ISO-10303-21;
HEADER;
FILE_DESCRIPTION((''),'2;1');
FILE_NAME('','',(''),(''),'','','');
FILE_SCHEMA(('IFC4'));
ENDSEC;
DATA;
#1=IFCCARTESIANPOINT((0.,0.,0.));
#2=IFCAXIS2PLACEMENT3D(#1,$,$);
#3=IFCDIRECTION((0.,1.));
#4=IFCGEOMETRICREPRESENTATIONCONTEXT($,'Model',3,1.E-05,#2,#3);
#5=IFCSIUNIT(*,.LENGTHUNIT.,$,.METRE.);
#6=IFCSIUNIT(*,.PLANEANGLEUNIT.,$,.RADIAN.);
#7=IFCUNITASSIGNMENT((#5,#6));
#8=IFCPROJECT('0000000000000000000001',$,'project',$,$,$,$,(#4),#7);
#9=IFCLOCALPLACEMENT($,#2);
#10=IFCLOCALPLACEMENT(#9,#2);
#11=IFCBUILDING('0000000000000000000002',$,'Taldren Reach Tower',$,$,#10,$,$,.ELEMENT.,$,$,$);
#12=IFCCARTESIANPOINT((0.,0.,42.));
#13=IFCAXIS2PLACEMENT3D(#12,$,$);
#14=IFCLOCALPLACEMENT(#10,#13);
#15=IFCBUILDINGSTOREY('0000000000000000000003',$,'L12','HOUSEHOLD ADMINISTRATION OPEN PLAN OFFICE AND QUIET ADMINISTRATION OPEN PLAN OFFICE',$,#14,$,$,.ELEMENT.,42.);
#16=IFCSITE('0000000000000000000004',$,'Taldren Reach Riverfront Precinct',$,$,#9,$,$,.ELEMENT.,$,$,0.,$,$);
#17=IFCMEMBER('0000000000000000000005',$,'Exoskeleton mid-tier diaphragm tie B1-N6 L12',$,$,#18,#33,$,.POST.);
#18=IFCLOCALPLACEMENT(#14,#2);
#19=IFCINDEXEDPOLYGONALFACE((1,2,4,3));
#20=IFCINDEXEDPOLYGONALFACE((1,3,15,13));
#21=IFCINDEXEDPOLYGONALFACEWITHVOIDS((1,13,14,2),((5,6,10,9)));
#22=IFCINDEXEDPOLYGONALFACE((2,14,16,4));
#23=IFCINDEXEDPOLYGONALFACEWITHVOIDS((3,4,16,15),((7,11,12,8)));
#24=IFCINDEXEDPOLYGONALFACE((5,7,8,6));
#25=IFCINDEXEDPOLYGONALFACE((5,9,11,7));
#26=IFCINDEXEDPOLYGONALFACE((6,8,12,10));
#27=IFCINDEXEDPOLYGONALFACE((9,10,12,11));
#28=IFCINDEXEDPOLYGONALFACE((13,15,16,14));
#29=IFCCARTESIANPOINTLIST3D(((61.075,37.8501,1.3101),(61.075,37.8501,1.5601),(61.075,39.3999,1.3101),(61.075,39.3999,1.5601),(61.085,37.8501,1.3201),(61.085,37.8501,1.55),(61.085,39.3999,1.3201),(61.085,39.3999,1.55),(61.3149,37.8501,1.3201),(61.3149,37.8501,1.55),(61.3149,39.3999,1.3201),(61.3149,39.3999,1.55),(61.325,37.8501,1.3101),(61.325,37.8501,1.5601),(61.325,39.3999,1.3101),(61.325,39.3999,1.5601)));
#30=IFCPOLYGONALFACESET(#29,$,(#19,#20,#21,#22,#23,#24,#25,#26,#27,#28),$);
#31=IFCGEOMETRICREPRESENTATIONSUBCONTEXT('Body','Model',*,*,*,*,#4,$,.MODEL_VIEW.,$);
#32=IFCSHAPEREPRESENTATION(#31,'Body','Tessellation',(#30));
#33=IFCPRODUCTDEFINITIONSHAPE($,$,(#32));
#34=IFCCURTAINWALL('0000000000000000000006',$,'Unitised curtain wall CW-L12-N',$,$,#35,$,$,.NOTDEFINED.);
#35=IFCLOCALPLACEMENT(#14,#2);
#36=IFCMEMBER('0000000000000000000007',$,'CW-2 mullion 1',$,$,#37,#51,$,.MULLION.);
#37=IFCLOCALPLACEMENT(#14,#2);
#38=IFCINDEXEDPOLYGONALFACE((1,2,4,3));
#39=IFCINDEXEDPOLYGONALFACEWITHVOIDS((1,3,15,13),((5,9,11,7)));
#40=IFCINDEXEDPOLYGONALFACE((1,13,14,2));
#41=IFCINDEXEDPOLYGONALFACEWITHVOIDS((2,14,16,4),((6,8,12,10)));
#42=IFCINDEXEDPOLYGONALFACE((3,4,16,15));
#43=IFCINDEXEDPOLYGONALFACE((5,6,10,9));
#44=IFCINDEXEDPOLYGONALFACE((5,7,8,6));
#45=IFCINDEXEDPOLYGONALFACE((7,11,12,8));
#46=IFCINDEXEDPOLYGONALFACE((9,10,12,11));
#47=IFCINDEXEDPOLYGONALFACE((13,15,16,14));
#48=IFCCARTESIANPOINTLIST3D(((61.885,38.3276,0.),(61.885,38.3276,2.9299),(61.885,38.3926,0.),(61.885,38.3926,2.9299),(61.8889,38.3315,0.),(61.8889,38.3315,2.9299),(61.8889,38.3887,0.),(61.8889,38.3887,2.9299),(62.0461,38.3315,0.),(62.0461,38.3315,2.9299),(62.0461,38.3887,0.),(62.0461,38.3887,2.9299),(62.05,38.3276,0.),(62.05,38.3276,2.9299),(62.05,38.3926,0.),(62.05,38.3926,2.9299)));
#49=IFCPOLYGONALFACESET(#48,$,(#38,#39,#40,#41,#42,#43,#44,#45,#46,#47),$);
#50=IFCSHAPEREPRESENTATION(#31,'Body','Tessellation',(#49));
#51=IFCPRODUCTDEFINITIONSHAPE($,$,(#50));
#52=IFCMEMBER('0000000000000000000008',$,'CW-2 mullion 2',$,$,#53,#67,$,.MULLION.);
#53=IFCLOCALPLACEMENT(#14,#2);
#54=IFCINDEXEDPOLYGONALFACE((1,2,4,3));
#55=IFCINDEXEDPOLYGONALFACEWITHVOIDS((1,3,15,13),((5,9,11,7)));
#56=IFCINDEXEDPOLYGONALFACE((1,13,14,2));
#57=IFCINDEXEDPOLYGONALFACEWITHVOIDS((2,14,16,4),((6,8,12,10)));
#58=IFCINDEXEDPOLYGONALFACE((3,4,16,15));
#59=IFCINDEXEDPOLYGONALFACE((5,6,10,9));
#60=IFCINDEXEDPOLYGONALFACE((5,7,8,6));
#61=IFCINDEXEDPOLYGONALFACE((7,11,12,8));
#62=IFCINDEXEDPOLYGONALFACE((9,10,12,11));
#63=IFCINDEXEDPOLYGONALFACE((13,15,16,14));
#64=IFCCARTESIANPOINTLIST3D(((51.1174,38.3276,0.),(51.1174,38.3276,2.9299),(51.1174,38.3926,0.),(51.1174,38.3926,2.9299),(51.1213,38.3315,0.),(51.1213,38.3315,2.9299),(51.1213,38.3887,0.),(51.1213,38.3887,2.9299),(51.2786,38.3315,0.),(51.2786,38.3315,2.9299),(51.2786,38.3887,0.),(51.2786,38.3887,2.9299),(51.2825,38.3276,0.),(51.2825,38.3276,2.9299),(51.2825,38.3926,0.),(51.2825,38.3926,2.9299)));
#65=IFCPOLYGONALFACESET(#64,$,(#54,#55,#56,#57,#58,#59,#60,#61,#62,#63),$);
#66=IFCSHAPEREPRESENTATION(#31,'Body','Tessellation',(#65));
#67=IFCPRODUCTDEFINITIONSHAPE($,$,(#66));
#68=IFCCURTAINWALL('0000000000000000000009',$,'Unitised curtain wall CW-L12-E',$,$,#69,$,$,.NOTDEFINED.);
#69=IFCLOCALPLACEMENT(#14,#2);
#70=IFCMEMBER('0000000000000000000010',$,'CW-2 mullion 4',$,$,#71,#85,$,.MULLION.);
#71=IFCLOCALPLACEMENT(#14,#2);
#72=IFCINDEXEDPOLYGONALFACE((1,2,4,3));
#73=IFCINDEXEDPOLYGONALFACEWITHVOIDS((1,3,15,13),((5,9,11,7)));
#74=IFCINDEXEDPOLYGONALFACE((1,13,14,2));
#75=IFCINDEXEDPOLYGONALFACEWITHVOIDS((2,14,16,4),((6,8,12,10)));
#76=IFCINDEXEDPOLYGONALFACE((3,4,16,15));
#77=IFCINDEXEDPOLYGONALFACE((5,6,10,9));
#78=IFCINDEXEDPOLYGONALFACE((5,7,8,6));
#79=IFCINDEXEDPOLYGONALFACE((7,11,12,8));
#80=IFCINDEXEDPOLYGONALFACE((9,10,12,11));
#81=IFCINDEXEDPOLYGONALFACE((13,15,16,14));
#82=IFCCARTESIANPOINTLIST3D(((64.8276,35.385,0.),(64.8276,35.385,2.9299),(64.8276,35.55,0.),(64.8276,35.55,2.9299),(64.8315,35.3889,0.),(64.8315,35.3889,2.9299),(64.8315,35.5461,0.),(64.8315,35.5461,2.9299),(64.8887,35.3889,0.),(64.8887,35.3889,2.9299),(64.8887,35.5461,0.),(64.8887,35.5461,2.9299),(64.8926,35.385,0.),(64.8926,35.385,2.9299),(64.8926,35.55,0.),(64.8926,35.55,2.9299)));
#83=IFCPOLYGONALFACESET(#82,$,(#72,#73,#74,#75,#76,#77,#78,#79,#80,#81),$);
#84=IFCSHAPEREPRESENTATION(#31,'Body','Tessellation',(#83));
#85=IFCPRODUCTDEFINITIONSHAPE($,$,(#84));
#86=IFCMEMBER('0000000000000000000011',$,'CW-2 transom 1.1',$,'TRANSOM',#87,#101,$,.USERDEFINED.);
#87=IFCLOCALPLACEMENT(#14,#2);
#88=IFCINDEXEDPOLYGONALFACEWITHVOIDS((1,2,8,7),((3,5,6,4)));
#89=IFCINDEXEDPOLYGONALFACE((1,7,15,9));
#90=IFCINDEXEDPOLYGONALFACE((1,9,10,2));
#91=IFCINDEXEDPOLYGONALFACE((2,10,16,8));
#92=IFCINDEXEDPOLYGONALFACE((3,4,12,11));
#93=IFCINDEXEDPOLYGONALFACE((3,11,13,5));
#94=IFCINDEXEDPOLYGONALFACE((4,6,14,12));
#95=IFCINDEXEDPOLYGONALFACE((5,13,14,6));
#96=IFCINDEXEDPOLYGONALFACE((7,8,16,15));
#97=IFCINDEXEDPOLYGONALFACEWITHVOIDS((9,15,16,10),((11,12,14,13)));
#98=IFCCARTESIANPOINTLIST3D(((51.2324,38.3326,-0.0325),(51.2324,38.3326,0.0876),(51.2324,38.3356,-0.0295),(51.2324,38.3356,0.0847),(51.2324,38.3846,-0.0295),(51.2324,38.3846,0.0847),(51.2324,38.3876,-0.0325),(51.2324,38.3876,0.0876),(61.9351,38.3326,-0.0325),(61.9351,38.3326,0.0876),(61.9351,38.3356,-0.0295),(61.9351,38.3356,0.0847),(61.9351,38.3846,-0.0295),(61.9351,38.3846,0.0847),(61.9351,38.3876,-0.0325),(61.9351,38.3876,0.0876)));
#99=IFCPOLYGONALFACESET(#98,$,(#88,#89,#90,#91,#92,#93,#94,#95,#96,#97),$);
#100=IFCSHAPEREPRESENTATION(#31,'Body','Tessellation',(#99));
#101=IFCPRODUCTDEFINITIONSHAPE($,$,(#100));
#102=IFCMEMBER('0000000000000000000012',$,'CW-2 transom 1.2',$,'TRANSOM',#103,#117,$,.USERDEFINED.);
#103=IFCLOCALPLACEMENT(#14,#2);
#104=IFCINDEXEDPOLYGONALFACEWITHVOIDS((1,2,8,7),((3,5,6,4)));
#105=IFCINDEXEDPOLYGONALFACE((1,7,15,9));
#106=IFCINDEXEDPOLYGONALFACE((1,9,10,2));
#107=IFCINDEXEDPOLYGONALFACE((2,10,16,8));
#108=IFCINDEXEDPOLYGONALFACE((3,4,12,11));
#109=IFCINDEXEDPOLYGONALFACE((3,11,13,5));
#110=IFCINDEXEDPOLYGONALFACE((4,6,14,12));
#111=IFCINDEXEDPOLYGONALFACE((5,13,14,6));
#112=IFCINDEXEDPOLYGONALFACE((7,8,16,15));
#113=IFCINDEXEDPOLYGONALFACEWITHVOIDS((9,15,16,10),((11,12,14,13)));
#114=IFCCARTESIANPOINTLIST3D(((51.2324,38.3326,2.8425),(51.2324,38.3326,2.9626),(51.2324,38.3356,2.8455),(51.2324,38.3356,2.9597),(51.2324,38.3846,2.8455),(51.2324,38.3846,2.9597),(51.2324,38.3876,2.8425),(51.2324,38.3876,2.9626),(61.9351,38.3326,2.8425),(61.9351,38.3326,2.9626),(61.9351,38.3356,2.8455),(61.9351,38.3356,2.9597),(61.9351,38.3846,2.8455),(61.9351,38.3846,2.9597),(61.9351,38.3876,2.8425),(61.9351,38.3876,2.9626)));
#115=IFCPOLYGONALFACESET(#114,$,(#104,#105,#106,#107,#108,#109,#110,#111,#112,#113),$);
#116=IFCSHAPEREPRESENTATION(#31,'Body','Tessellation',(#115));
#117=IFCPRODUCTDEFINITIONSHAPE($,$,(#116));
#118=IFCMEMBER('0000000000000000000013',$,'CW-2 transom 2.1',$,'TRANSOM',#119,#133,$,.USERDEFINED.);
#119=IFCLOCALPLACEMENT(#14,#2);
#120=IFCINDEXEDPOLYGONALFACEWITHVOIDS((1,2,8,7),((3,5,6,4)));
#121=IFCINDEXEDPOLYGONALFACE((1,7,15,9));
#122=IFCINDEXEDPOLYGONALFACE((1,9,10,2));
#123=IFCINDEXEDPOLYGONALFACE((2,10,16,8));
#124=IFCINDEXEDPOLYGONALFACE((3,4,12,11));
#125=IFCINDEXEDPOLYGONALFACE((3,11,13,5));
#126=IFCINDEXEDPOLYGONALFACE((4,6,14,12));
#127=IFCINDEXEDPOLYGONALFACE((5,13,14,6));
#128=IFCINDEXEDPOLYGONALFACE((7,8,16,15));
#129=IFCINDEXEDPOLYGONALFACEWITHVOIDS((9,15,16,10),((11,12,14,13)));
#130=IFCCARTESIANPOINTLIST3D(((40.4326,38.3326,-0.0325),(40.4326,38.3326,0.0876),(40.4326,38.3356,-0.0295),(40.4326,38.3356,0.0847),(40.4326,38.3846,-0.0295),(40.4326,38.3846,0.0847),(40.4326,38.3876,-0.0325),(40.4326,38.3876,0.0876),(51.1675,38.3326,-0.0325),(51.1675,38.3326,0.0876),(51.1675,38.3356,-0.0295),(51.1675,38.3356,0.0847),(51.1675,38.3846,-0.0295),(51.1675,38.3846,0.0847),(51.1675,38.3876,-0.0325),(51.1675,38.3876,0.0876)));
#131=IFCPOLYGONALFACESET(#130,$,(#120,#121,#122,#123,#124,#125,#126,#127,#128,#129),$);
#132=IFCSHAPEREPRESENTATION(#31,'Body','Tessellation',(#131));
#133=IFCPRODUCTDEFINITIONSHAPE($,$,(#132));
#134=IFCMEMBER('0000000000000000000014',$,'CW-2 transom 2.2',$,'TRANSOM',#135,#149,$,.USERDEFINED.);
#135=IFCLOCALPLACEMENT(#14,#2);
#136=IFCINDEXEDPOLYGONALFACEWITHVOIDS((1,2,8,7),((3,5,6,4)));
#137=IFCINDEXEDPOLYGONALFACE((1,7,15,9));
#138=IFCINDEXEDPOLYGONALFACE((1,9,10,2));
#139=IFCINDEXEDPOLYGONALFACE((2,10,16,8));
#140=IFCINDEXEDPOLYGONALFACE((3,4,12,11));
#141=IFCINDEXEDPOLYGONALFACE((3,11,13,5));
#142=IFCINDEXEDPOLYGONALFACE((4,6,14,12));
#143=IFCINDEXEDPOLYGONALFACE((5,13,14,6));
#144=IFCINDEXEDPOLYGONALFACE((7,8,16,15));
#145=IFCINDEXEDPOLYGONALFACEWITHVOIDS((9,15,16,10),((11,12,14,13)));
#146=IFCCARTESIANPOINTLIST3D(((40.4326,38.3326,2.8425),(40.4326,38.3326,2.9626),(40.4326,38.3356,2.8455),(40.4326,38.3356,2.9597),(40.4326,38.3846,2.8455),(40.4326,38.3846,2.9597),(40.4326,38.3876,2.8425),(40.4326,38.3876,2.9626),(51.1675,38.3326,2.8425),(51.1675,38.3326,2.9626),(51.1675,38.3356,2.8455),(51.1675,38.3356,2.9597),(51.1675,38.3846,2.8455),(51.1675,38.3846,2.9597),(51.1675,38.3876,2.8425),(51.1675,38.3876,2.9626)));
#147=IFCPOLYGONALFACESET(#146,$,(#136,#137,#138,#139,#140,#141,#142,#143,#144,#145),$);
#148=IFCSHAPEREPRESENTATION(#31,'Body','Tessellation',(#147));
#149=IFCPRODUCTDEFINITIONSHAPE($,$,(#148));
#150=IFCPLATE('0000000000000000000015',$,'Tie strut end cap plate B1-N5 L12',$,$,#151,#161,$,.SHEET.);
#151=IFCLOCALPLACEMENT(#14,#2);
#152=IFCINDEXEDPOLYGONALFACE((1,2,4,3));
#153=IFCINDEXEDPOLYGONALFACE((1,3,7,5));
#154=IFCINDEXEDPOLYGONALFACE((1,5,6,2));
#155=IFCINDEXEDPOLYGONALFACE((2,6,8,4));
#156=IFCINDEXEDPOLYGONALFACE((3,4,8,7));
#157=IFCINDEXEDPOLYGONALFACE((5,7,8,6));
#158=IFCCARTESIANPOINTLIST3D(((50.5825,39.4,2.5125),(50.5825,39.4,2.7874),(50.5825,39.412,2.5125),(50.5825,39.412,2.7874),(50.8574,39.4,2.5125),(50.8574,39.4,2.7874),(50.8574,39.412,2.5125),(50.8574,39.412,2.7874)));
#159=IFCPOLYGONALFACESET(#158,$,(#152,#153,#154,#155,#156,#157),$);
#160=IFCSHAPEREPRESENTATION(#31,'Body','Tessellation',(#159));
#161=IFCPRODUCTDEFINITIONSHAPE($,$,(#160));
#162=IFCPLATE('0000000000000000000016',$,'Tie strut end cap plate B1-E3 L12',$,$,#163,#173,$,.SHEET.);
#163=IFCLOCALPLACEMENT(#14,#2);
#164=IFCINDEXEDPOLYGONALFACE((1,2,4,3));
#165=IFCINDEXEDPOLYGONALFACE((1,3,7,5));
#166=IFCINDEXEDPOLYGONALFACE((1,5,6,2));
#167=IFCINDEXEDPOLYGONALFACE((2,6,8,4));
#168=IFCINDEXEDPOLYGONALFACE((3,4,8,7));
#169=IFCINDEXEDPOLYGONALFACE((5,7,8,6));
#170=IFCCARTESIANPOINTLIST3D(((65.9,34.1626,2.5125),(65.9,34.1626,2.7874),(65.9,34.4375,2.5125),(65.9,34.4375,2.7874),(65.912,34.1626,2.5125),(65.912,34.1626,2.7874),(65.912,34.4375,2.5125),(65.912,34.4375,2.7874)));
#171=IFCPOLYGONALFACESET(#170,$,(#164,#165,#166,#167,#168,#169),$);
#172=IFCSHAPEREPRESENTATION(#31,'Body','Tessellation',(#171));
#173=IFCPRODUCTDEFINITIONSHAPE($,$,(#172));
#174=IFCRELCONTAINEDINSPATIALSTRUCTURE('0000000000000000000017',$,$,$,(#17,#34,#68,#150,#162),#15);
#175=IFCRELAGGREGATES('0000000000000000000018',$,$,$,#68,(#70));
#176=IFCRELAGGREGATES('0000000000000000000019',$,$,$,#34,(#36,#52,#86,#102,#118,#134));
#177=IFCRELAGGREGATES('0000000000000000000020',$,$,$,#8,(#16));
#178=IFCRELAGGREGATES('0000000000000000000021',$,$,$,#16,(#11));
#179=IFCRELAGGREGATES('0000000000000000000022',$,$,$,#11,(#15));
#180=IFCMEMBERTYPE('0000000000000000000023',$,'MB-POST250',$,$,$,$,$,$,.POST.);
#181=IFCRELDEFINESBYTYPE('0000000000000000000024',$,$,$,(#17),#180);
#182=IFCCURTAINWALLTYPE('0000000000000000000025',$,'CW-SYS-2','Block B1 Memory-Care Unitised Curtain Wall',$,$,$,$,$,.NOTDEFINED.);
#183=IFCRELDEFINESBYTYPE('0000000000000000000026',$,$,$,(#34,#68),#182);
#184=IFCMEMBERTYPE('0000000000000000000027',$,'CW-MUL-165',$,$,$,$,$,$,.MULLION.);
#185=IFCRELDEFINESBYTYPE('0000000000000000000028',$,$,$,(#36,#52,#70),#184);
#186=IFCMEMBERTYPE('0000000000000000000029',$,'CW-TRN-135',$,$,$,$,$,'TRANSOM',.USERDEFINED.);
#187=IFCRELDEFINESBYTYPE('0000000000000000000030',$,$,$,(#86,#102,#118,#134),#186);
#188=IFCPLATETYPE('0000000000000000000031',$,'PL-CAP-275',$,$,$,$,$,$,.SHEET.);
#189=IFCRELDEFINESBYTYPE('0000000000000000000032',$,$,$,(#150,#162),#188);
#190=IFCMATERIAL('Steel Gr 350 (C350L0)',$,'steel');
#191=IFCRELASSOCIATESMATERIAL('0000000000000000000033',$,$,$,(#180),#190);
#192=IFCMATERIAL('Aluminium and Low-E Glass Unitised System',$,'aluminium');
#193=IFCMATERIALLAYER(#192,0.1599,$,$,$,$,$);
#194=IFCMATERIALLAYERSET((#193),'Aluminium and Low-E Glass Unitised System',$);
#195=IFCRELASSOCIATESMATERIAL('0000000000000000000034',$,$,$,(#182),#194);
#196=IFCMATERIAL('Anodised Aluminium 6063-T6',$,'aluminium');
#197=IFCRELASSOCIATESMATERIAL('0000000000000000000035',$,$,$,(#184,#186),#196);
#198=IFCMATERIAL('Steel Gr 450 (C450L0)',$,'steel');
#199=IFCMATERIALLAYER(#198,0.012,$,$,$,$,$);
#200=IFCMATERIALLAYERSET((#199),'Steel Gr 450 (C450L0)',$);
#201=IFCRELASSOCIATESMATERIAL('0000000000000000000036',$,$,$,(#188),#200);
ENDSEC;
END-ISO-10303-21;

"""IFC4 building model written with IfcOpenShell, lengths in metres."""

from ifc_helpers import new_model, si_unit, direction, frame, origin, origin_2d, place, context, subcontext, project, spatial, rectangle, hollow_rectangle, extrude, source, transform, mapped, material, layer, layer_set, material_profile, profile_set, type_object, element, aggregate, save


model = new_model("IFC4")

# Units and contexts
model_context = context("Model", 3, precision=1e-05, world=origin(), true_north=direction((0.0, 1.0)))
body_context = subcontext(model_context, "Body", "Model", "MODEL_VIEW")
ifc_project = project(units=[si_unit("LENGTHUNIT", "METRE"), si_unit("PLANEANGLEUNIT", "RADIAN")], contexts=[model_context])

# Site, building, storey
site_placement = place(None, origin())
site = spatial("IfcSite", under=ifc_project, at=site_placement, Name="Taldren Reach Riverfront Precinct", CompositionType="ELEMENT", RefElevation=0.0)
building_placement = place(site_placement, origin())
building = spatial("IfcBuilding", under=site, at=building_placement, Name="Taldren Reach Tower", CompositionType="ELEMENT")
storey_placement = place(building_placement, frame((0.0, 0.0, 42.0)))
storey = spatial("IfcBuildingStorey", under=building, at=storey_placement, Name="L12", Description="HOUSEHOLD ADMINISTRATION OPEN PLAN OFFICE AND QUIET ADMINISTRATION OPEN PLAN OFFICE", CompositionType="ELEMENT", Elevation=42.0)

# Member
ifc_material_1 = material(Name="Steel Gr 450 (C450L0)", Category="steel")
ifc_material_2 = material(Name="Steel Gr 350 (C350L0)", Category="steel")
ifc_material_profile_1 = material_profile(ifc_material_2, hollow_rectangle(XDim=0.25, YDim=0.25, WallThickness=0.01, at=origin_2d()), Name="250x250x10.0SHS")
ifc_profile_set_1 = profile_set([ifc_material_profile_1], Name="Steel Gr 350 (C350L0)")
member_type_1 = type_object("IfcMemberType", Name="MB-POST250", PredefinedType="POST", material=ifc_profile_set_1)
shared_shape_1 = source(origin(), body_context, "Body", "SweptSolid", [
    extrude(hollow_rectangle(XDim=0.25, YDim=0.25, WallThickness=0.01, at=origin_2d()), origin(), (0.0, 0.0, 1.0), 1.5498),
])
for number, where, z_axis, x_axis, name in (
    (1, (61.2, 37.8501, 1.4351), (0.0, 1.0, 0.0), (-1.0, 0.0, 0.0), "Exoskeleton mid-tier diaphragm tie B1-N6 L12"),
):
    element("IfcMember", number, at=place(storey_placement, frame(where, z_axis=z_axis, x_axis=x_axis)), inside=storey, type_object=member_type_1, Name=name, PredefinedType="POST", context=body_context, shape_type="MappedRepresentation", body=[
        mapped(shared_shape_1, transform((0.0, 0.0, 0.0), scale=1.0)),
    ])

# Curtain wall, members
ifc_material_3 = material(Name="Aluminium and Low-E Glass Unitised System", Category="aluminium")
ifc_layer_1 = layer(ifc_material_3, 0.1599)
ifc_layer_set_1 = layer_set([ifc_layer_1], Name="Aluminium and Low-E Glass Unitised System")
curtain_wall_type = type_object("IfcCurtainWallType", Name="CW-SYS-2", Description="Block B1 Memory-Care Unitised Curtain Wall", PredefinedType="NOTDEFINED", material=ifc_layer_set_1)
curtain_wall_1_placement = place(storey_placement, origin())
curtain_wall_1 = element("IfcCurtainWall", 2, at=curtain_wall_1_placement, inside=storey, type_object=curtain_wall_type, Name="Unitised curtain wall CW-L12-N", PredefinedType="NOTDEFINED")
ifc_material_4 = material(Name="Anodised Aluminium 6063-T6", Category="aluminium")
ifc_material_profile_2 = material_profile(ifc_material_4, hollow_rectangle(XDim=0.0649, YDim=0.165, WallThickness=0.0039, at=origin_2d()), Name="ALU-165x65x4RHS")
ifc_profile_set_2 = profile_set([ifc_material_profile_2], Name="Anodised Aluminium 6063-T6")
member_type_2 = type_object("IfcMemberType", Name="CW-MUL-165", PredefinedType="MULLION", material=ifc_profile_set_2)
shared_shape_2 = source(origin(), body_context, "Body", "SweptSolid", [
    extrude(hollow_rectangle(XDim=0.0649, YDim=0.165, WallThickness=0.0039, at=origin_2d()), origin(), (0.0, 0.0, 1.0), 2.9299),
])
member_1_placement = place(storey_placement, frame((61.9675, 38.3601, 0.0), z_axis=(0.0, 0.0, 1.0), x_axis=(0.0, -1.0, 0.0)))
member_1 = element("IfcMember", 3, at=member_1_placement, type_object=member_type_2, Name="CW-2 mullion 1", PredefinedType="MULLION", context=body_context, shape_type="MappedRepresentation", body=[
    mapped(shared_shape_2, transform((0.0, 0.0, 0.0), scale=1.0)),
])
member_2_placement = place(storey_placement, frame((51.2, 38.3601, 0.0), z_axis=(0.0, 0.0, 1.0), x_axis=(0.0, -1.0, 0.0)))
member_2 = element("IfcMember", 4, at=member_2_placement, type_object=member_type_2, Name="CW-2 mullion 2", PredefinedType="MULLION", context=body_context, shape_type="MappedRepresentation", body=[
    mapped(shared_shape_2, transform((0.0, 0.0, 0.0), scale=1.0)),
])

# Curtain wall, member
curtain_wall_2_placement = place(storey_placement, origin())
curtain_wall_2 = element("IfcCurtainWall", 5, at=curtain_wall_2_placement, inside=storey, type_object=curtain_wall_type, Name="Unitised curtain wall CW-L12-E", PredefinedType="NOTDEFINED")
member_3_placement = place(storey_placement, frame((64.8601, 35.4675, 0.0), z_axis=(0.0, 0.0, 1.0), x_axis=(-1.0, 0.0, 0.0)))
member_3 = element("IfcMember", 6, at=member_3_placement, type_object=member_type_2, Name="CW-2 mullion 4", PredefinedType="MULLION", context=body_context, shape_type="MappedRepresentation", body=[
    mapped(shared_shape_2, transform((0.0, 0.0, 0.0), scale=1.0)),
])
aggregate(curtain_wall_2, [member_3])

# Members
ifc_material_profile_3 = material_profile(ifc_material_4, hollow_rectangle(XDim=0.0549, YDim=0.1201, WallThickness=0.0029, at=origin_2d()), Name="ALU-120x55x3RHS")
ifc_profile_set_3 = profile_set([ifc_material_profile_3], Name="Anodised Aluminium 6063-T6")
member_type_3 = type_object("IfcMemberType", Name="CW-TRN-135", ElementType="TRANSOM", PredefinedType="USERDEFINED", material=ifc_profile_set_3)
shared_shape_3 = source(origin(), body_context, "Body", "SweptSolid", [
    extrude(hollow_rectangle(XDim=0.0549, YDim=0.1201, WallThickness=0.0029, at=origin_2d()), origin(), (0.0, 0.0, 1.0), 10.7026),
])
member_4_placement = place(storey_placement, frame((61.9351, 38.3601, 0.0276), z_axis=(-1.0, 0.0, 0.0), x_axis=(0.0, -1.0, 0.0)))
member_4 = element("IfcMember", 7, at=member_4_placement, type_object=member_type_3, Name="CW-2 transom 1.1", ObjectType="TRANSOM", PredefinedType="USERDEFINED", context=body_context, shape_type="MappedRepresentation", body=[
    mapped(shared_shape_3, transform((0.0, 0.0, 0.0), scale=1.0)),
])
member_5_placement = place(storey_placement, frame((61.9351, 38.3601, 2.9026), z_axis=(-1.0, 0.0, 0.0), x_axis=(0.0, -1.0, 0.0)))
member_5 = element("IfcMember", 8, at=member_5_placement, type_object=member_type_3, Name="CW-2 transom 1.2", ObjectType="TRANSOM", PredefinedType="USERDEFINED", context=body_context, shape_type="MappedRepresentation", body=[
    mapped(shared_shape_3, transform((0.0, 0.0, 0.0), scale=1.0)),
])
shared_shape_4 = source(origin(), body_context, "Body", "SweptSolid", [
    extrude(hollow_rectangle(XDim=0.0549, YDim=0.1201, WallThickness=0.0029, at=origin_2d()), origin(), (0.0, 0.0, 1.0), 10.7349),
])
member_6_placement = place(storey_placement, frame((51.1675, 38.3601, 0.0276), z_axis=(-1.0, 0.0, 0.0), x_axis=(0.0, -1.0, 0.0)))
member_6 = element("IfcMember", 9, at=member_6_placement, type_object=member_type_3, Name="CW-2 transom 2.1", ObjectType="TRANSOM", PredefinedType="USERDEFINED", context=body_context, shape_type="MappedRepresentation", body=[
    mapped(shared_shape_4, transform((0.0, 0.0, 0.0), scale=1.0)),
])
member_7_placement = place(storey_placement, frame((51.1675, 38.3601, 2.9026), z_axis=(-1.0, 0.0, 0.0), x_axis=(0.0, -1.0, 0.0)))
member_7 = element("IfcMember", 10, at=member_7_placement, type_object=member_type_3, Name="CW-2 transom 2.2", ObjectType="TRANSOM", PredefinedType="USERDEFINED", context=body_context, shape_type="MappedRepresentation", body=[
    mapped(shared_shape_4, transform((0.0, 0.0, 0.0), scale=1.0)),
])

# Plates
ifc_layer_2 = layer(ifc_material_1, 0.012)
ifc_layer_set_2 = layer_set([ifc_layer_2], Name="Steel Gr 450 (C450L0)")
plate_type_1 = type_object("IfcPlateType", Name="PL-CAP-275", PredefinedType="SHEET", material=ifc_layer_set_2)
shared_shape_5 = source(origin(), body_context, "Body", "SweptSolid", [
    extrude(rectangle(XDim=0.2749, YDim=0.012, at=origin_2d()), origin(), (0.0, 0.0, 1.0), 0.2749),
])
plate_1_placement = place(storey_placement, frame((50.72, 39.406, 2.5125), z_axis=(0.0, 0.0, 1.0), x_axis=(1.0, 0.0, 0.0)))
element("IfcPlate", 11, at=plate_1_placement, inside=storey, type_object=plate_type_1, Name="Tie strut end cap plate B1-N5 L12", PredefinedType="SHEET", context=body_context, shape_type="MappedRepresentation", body=[
    mapped(shared_shape_5, transform((0.0, 0.0, 0.0), scale=1.0)),
])
shared_shape_6 = source(origin(), body_context, "Body", "SweptSolid", [
    extrude(rectangle(XDim=0.012, YDim=0.2749, at=origin_2d()), origin(), (0.0, 0.0, 1.0), 0.2749),
])
plate_2_placement = place(storey_placement, frame((65.906, 34.3, 2.5125), z_axis=(0.0, 0.0, 1.0), x_axis=(1.0, 0.0, 0.0)))
element("IfcPlate", 12, at=plate_2_placement, inside=storey, type_object=plate_type_1, Name="Tie strut end cap plate B1-E3 L12", PredefinedType="SHEET", context=body_context, shape_type="MappedRepresentation", body=[
    mapped(shared_shape_6, transform((0.0, 0.0, 0.0), scale=1.0)),
])

aggregate(curtain_wall_1, [member_1, member_2, member_4, member_5, member_6, member_7])

save(model, "model.ifc")
